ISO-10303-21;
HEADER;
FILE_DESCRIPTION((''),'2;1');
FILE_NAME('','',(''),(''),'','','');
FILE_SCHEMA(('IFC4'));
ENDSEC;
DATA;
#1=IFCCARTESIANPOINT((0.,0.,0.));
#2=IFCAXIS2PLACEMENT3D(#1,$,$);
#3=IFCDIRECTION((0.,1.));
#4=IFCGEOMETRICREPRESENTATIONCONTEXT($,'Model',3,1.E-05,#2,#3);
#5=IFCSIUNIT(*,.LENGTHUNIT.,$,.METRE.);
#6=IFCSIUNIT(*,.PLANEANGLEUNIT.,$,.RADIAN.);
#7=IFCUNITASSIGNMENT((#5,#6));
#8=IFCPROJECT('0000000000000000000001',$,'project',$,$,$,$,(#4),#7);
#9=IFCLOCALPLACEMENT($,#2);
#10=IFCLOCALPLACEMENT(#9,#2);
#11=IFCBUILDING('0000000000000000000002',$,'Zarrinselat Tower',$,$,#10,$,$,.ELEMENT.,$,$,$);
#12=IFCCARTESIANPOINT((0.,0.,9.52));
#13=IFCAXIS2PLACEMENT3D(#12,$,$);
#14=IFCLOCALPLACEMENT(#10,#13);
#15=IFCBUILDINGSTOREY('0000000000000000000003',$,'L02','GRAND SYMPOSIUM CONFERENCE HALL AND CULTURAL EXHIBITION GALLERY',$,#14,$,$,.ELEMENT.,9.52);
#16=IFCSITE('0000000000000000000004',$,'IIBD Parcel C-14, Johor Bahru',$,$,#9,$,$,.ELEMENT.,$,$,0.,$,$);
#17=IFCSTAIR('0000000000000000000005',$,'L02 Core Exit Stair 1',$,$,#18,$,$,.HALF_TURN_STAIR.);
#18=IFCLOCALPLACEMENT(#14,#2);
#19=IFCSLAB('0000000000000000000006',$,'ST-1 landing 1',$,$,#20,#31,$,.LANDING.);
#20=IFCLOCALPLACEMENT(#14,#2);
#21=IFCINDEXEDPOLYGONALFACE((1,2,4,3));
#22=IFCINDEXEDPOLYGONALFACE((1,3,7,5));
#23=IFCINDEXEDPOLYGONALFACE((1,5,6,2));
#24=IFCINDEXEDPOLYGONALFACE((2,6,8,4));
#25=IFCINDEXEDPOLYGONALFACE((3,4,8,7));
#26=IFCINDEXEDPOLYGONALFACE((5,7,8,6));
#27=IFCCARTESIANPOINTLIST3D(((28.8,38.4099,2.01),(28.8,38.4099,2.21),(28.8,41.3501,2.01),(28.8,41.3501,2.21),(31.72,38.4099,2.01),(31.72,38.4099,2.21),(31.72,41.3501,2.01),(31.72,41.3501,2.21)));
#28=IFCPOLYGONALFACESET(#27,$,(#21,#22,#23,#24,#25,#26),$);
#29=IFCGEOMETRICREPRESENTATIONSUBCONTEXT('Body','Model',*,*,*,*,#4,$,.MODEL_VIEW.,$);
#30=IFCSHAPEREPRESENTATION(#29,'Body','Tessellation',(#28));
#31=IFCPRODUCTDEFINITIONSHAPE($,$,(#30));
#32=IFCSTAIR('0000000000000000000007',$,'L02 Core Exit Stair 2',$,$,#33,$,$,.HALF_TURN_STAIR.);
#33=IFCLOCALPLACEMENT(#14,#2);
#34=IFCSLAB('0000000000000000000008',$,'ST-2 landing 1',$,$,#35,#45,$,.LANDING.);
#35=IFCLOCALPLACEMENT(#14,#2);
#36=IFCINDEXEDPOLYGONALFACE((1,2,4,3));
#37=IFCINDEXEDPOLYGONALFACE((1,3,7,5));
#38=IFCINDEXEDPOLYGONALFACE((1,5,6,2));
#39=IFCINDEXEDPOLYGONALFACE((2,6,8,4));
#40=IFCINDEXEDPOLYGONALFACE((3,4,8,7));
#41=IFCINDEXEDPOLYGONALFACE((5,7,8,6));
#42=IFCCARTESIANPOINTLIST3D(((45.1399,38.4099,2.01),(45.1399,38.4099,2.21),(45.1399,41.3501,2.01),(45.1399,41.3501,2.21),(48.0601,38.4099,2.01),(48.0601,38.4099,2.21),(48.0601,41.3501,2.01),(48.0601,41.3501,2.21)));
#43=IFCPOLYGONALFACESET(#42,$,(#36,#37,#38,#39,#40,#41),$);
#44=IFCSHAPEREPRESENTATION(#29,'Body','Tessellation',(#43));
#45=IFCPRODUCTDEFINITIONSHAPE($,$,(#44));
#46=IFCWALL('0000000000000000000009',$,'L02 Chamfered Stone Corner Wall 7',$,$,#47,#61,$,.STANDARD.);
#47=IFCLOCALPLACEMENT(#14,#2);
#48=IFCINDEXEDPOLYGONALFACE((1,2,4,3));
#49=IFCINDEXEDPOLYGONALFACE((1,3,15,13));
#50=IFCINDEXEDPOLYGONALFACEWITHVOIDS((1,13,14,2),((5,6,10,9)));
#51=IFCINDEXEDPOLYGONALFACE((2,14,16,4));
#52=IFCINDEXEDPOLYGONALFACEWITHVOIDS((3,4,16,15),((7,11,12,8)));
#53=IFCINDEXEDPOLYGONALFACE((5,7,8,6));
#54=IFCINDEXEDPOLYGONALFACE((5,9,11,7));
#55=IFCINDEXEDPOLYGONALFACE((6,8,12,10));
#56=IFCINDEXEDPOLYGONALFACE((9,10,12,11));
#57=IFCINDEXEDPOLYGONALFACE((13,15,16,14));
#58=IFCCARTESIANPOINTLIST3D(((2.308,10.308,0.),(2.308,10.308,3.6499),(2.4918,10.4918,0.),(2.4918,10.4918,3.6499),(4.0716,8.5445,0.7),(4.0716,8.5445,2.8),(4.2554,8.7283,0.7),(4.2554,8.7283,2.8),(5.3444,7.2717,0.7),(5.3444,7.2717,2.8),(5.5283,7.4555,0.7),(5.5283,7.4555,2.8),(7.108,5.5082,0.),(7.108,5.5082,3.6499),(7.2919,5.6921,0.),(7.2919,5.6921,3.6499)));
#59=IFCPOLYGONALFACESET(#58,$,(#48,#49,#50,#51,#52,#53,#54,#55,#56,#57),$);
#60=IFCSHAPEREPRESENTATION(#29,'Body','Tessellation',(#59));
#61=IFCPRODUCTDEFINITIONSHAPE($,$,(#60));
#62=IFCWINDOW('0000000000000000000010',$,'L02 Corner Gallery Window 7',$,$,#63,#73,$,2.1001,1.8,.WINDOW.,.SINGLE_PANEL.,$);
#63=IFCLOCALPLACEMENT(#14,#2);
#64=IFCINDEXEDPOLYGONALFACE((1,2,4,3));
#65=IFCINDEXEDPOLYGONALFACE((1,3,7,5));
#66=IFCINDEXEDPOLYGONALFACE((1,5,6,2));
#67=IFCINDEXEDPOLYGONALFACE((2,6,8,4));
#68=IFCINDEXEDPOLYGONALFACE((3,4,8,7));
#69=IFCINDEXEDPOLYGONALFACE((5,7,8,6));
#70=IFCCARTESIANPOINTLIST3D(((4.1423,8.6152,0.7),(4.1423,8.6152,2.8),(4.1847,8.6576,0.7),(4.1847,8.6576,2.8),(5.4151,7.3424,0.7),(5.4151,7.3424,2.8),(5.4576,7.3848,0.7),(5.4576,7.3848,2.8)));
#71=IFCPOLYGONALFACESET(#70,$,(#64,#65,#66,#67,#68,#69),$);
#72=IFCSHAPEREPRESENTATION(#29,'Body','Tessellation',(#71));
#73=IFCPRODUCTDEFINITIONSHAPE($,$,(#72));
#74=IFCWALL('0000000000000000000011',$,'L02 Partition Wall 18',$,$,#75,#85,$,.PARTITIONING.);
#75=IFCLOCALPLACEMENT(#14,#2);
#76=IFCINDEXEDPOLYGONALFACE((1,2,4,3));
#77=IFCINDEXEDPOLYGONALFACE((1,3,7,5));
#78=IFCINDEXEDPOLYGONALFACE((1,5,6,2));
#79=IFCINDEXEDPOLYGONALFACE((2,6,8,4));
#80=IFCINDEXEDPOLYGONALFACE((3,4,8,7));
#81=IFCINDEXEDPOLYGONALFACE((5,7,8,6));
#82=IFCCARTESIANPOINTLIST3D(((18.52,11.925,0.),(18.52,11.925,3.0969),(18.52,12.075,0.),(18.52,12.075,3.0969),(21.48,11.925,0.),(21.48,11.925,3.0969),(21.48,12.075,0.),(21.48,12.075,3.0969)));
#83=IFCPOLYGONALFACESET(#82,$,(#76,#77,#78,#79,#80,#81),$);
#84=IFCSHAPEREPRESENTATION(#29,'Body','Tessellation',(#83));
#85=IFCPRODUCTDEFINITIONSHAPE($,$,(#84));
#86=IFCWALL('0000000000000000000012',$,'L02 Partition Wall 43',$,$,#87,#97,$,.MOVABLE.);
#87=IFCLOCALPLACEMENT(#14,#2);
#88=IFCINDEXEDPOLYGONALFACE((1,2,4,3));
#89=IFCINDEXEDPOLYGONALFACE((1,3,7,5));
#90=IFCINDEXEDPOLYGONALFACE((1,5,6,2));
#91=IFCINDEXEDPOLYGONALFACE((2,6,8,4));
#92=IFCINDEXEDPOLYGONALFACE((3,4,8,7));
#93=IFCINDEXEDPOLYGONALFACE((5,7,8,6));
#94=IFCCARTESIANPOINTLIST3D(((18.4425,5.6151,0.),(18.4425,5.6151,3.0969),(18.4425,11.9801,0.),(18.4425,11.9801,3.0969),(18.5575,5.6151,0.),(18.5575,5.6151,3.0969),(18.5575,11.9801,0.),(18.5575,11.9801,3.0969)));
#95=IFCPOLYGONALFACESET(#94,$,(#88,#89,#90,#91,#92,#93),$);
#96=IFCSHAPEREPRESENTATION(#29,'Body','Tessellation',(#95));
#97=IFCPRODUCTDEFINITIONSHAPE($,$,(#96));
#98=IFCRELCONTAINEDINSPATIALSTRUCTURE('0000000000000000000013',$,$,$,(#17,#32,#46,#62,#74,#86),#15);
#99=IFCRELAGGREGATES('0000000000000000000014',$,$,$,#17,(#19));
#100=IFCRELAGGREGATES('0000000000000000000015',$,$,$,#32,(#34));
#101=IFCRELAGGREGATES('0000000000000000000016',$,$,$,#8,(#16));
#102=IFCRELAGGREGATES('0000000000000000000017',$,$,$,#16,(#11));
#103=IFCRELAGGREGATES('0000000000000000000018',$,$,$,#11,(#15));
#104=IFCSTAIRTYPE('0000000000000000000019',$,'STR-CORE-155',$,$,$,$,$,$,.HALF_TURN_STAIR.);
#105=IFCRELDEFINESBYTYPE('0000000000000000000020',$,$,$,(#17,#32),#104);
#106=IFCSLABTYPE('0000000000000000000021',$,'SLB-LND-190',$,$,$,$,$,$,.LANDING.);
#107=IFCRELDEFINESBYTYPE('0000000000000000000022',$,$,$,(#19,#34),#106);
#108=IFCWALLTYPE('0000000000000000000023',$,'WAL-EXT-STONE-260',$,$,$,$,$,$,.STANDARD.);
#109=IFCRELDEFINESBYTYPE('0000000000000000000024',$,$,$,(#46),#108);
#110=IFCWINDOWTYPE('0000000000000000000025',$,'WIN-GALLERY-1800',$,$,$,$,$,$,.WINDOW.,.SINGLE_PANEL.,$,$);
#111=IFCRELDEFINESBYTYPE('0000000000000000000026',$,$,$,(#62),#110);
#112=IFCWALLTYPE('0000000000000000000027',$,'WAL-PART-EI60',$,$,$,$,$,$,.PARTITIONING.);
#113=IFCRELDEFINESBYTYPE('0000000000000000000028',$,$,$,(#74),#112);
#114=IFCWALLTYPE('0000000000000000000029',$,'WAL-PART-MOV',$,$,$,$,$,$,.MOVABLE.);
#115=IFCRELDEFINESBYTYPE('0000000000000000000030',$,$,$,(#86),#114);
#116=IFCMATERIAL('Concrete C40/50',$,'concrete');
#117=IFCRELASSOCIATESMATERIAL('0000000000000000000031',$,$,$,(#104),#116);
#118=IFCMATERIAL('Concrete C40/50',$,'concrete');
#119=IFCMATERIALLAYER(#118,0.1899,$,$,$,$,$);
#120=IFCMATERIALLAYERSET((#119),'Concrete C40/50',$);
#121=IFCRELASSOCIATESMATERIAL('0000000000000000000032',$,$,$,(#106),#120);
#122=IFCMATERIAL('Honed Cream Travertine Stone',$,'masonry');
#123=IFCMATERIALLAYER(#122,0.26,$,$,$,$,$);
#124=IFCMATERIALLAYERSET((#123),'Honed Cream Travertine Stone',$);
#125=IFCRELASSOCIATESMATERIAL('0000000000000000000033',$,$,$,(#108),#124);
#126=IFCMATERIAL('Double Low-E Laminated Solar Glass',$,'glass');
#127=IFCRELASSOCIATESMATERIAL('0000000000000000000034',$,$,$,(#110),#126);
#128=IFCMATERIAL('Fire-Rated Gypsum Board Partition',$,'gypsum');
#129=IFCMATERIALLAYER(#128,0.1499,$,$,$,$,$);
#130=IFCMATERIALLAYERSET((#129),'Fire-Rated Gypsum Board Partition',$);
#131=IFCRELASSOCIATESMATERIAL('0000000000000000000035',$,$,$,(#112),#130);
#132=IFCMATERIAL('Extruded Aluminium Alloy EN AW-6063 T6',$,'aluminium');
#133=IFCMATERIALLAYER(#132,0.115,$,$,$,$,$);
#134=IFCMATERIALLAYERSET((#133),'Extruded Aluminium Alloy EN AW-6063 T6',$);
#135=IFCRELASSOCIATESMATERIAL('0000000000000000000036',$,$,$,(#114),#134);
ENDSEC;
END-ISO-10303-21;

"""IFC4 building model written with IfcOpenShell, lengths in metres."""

from ifc_helpers import new_model, si_unit, direction, frame, frame_2d, origin, place, context, subcontext, project, spatial, polyline, rectangle, outline, extrude, material, layer, layer_set, type_object, element, fill, aggregate, save


model = new_model("IFC4")

# Units and contexts
model_context = context("Model", 3, precision=1e-05, world=origin(), true_north=direction((0.0, 1.0)))
body_context = subcontext(model_context, "Body", "Model", "MODEL_VIEW")
ifc_project = project(units=[si_unit("LENGTHUNIT", "METRE"), si_unit("PLANEANGLEUNIT", "RADIAN")], contexts=[model_context])

# Site, building, storey
site_placement = place(None, origin())
site = spatial("IfcSite", under=ifc_project, at=site_placement, Name="IIBD Parcel C-14, Johor Bahru", CompositionType="ELEMENT", RefElevation=0.0)
building_placement = place(site_placement, origin())
building = spatial("IfcBuilding", under=site, at=building_placement, Name="Zarrinselat Tower", CompositionType="ELEMENT")
storey_placement = place(building_placement, frame((0.0, 0.0, 9.52)))
storey = spatial("IfcBuildingStorey", under=building, at=storey_placement, Name="L02", Description="GRAND SYMPOSIUM CONFERENCE HALL AND CULTURAL EXHIBITION GALLERY", CompositionType="ELEMENT", Elevation=9.52)

# Stairs, slabs
ifc_material_1 = material(Name="Concrete C40/50", Category="concrete")
stair_type_1 = type_object("IfcStairType", Name="STR-CORE-155", PredefinedType="HALF_TURN_STAIR", material=ifc_material_1)
stair_1_placement = place(storey_placement, origin())
stair_1 = element("IfcStair", 1, at=stair_1_placement, inside=storey, type_object=stair_type_1, Name="L02 Core Exit Stair 1", PredefinedType="HALF_TURN_STAIR")
ifc_material_2 = material(Name="Concrete C40/50", Category="concrete")
ifc_layer_1 = layer(ifc_material_2, 0.1899)
ifc_layer_set_1 = layer_set([ifc_layer_1], Name="Concrete C40/50")
slab_type_1 = type_object("IfcSlabType", Name="SLB-LND-190", PredefinedType="LANDING", material=ifc_layer_set_1)
slab_1_placement = place(storey_placement, frame((0.0, 0.0, 2.01)))
slab_1 = element("IfcSlab", 2, at=slab_1_placement, type_object=slab_type_1, Name="ST-1 landing 1", PredefinedType="LANDING", context=body_context, shape_type="SweptSolid", body=[
    extrude(outline(polyline([(31.72, 38.4099), (31.72, 41.3501), (28.8, 41.3501), (28.8, 38.4099), (31.72, 38.4099)])), origin(), (0.0, 0.0, 1.0), 0.2),
])
aggregate(stair_1, [slab_1])
stair_2_placement = place(storey_placement, origin())
stair_2 = element("IfcStair", 3, at=stair_2_placement, inside=storey, type_object=stair_type_1, Name="L02 Core Exit Stair 2", PredefinedType="HALF_TURN_STAIR")
slab_2_placement = place(storey_placement, frame((0.0, 0.0, 2.01)))
slab_2 = element("IfcSlab", 4, at=slab_2_placement, type_object=slab_type_1, Name="ST-2 landing 1", PredefinedType="LANDING", context=body_context, shape_type="SweptSolid", body=[
    extrude(outline(polyline([(48.0601, 38.4099), (48.0601, 41.3501), (45.1399, 41.3501), (45.1399, 38.4099), (48.0601, 38.4099)])), origin(), (0.0, 0.0, 1.0), 0.2),
])
aggregate(stair_2, [slab_2])

# Wall, opening, window
ifc_material_3 = material(Name="Honed Cream Travertine Stone", Category="masonry")
ifc_layer_2 = layer(ifc_material_3, 0.26)
ifc_layer_set_2 = layer_set([ifc_layer_2], Name="Honed Cream Travertine Stone")
wall_type_1 = type_object("IfcWallType", Name="WAL-EXT-STONE-260", PredefinedType="STANDARD", material=ifc_layer_set_2)
wall_1_placement = place(storey_placement, frame((2.3999, 10.3999, 0.0), z_axis=(0.0, 0.0, 1.0), x_axis=(0.707125, -0.707089, 0.0)))
wall_1 = element("IfcWall", 5, at=wall_1_placement, inside=storey, type_object=wall_type_1, Name="L02 Chamfered Stone Corner Wall 7", PredefinedType="STANDARD", context=body_context, shape_type="SweptSolid", body=[
    extrude(rectangle(XDim=6.7881, YDim=0.26, at=frame_2d((3.394, 0.0))), origin(), (0.0, 0.0, 1.0), 3.6499),
])
opening_placement = place(wall_1_placement, frame((2.4941, 0.0, 0.7)))
opening = element("IfcOpeningElement", 6, at=opening_placement, cuts=wall_1, PredefinedType="OPENING", context=body_context, shape_type="SweptSolid", body=[
    extrude(rectangle(XDim=1.8, YDim=2.1001, at=frame_2d((0.8999, 1.05))), frame((0.0, 0.1399, 0.0), z_axis=(0.0, -1.0, 0.0), x_axis=(1.0, 0.0, 0.0)), (0.0, 0.0, 1.0), 0.28),
])
ifc_material_4 = material(Name="Double Low-E Laminated Solar Glass", Category="glass")
window_type = type_object("IfcWindowType", Name="WIN-GALLERY-1800", PartitioningType="SINGLE_PANEL", PredefinedType="WINDOW", material=ifc_material_4)
window_placement = place(opening_placement, origin())
window = element("IfcWindow", 7, at=window_placement, inside=storey, type_object=window_type, Name="L02 Corner Gallery Window 7", OverallHeight=2.1001, OverallWidth=1.8, PartitioningType="SINGLE_PANEL", PredefinedType="WINDOW", context=body_context, shape_type="SweptSolid", body=[
    extrude(rectangle(XDim=1.8, YDim=2.1001, at=frame_2d((0.8999, 1.05))), frame((0.0, 0.03, 0.0), z_axis=(0.0, -1.0, 0.0), x_axis=(1.0, 0.0, 0.0)), (0.0, 0.0, 1.0), 0.0601),
])
fill(opening, window)

# Walls
ifc_material_5 = material(Name="Fire-Rated Gypsum Board Partition", Category="gypsum")
ifc_layer_3 = layer(ifc_material_5, 0.1499)
ifc_layer_set_3 = layer_set([ifc_layer_3], Name="Fire-Rated Gypsum Board Partition")
wall_type_2 = type_object("IfcWallType", Name="WAL-PART-EI60", PredefinedType="PARTITIONING", material=ifc_layer_set_3)
wall_2_placement = place(storey_placement, frame((18.52, 12.0, 0.0), z_axis=(0.0, 0.0, 1.0), x_axis=(1.0, 0.0, 0.0)))
element("IfcWall", 8, at=wall_2_placement, inside=storey, type_object=wall_type_2, Name="L02 Partition Wall 18", PredefinedType="PARTITIONING", context=body_context, shape_type="SweptSolid", body=[
    extrude(rectangle(XDim=2.96, YDim=0.1499, at=frame_2d((1.48, 0.0))), origin(), (0.0, 0.0, 1.0), 3.0969),
])
ifc_material_6 = material(Name="Extruded Aluminium Alloy EN AW-6063 T6", Category="aluminium")
ifc_layer_4 = layer(ifc_material_6, 0.115)
ifc_layer_set_4 = layer_set([ifc_layer_4], Name="Extruded Aluminium Alloy EN AW-6063 T6")
wall_type_3 = type_object("IfcWallType", Name="WAL-PART-MOV", PredefinedType="MOVABLE", material=ifc_layer_set_4)
wall_3_placement = place(storey_placement, frame((18.5, 5.615, 0.0), z_axis=(0.0, 0.0, 1.0), x_axis=(0.0, 1.0, 0.0)))
element("IfcWall", 9, at=wall_3_placement, inside=storey, type_object=wall_type_3, Name="L02 Partition Wall 43", PredefinedType="MOVABLE", context=body_context, shape_type="SweptSolid", body=[
    extrude(rectangle(XDim=6.365, YDim=0.115, at=frame_2d((3.1826, 0.0))), origin(), (0.0, 0.0, 1.0), 3.0969),
])

save(model, "model.ifc")
